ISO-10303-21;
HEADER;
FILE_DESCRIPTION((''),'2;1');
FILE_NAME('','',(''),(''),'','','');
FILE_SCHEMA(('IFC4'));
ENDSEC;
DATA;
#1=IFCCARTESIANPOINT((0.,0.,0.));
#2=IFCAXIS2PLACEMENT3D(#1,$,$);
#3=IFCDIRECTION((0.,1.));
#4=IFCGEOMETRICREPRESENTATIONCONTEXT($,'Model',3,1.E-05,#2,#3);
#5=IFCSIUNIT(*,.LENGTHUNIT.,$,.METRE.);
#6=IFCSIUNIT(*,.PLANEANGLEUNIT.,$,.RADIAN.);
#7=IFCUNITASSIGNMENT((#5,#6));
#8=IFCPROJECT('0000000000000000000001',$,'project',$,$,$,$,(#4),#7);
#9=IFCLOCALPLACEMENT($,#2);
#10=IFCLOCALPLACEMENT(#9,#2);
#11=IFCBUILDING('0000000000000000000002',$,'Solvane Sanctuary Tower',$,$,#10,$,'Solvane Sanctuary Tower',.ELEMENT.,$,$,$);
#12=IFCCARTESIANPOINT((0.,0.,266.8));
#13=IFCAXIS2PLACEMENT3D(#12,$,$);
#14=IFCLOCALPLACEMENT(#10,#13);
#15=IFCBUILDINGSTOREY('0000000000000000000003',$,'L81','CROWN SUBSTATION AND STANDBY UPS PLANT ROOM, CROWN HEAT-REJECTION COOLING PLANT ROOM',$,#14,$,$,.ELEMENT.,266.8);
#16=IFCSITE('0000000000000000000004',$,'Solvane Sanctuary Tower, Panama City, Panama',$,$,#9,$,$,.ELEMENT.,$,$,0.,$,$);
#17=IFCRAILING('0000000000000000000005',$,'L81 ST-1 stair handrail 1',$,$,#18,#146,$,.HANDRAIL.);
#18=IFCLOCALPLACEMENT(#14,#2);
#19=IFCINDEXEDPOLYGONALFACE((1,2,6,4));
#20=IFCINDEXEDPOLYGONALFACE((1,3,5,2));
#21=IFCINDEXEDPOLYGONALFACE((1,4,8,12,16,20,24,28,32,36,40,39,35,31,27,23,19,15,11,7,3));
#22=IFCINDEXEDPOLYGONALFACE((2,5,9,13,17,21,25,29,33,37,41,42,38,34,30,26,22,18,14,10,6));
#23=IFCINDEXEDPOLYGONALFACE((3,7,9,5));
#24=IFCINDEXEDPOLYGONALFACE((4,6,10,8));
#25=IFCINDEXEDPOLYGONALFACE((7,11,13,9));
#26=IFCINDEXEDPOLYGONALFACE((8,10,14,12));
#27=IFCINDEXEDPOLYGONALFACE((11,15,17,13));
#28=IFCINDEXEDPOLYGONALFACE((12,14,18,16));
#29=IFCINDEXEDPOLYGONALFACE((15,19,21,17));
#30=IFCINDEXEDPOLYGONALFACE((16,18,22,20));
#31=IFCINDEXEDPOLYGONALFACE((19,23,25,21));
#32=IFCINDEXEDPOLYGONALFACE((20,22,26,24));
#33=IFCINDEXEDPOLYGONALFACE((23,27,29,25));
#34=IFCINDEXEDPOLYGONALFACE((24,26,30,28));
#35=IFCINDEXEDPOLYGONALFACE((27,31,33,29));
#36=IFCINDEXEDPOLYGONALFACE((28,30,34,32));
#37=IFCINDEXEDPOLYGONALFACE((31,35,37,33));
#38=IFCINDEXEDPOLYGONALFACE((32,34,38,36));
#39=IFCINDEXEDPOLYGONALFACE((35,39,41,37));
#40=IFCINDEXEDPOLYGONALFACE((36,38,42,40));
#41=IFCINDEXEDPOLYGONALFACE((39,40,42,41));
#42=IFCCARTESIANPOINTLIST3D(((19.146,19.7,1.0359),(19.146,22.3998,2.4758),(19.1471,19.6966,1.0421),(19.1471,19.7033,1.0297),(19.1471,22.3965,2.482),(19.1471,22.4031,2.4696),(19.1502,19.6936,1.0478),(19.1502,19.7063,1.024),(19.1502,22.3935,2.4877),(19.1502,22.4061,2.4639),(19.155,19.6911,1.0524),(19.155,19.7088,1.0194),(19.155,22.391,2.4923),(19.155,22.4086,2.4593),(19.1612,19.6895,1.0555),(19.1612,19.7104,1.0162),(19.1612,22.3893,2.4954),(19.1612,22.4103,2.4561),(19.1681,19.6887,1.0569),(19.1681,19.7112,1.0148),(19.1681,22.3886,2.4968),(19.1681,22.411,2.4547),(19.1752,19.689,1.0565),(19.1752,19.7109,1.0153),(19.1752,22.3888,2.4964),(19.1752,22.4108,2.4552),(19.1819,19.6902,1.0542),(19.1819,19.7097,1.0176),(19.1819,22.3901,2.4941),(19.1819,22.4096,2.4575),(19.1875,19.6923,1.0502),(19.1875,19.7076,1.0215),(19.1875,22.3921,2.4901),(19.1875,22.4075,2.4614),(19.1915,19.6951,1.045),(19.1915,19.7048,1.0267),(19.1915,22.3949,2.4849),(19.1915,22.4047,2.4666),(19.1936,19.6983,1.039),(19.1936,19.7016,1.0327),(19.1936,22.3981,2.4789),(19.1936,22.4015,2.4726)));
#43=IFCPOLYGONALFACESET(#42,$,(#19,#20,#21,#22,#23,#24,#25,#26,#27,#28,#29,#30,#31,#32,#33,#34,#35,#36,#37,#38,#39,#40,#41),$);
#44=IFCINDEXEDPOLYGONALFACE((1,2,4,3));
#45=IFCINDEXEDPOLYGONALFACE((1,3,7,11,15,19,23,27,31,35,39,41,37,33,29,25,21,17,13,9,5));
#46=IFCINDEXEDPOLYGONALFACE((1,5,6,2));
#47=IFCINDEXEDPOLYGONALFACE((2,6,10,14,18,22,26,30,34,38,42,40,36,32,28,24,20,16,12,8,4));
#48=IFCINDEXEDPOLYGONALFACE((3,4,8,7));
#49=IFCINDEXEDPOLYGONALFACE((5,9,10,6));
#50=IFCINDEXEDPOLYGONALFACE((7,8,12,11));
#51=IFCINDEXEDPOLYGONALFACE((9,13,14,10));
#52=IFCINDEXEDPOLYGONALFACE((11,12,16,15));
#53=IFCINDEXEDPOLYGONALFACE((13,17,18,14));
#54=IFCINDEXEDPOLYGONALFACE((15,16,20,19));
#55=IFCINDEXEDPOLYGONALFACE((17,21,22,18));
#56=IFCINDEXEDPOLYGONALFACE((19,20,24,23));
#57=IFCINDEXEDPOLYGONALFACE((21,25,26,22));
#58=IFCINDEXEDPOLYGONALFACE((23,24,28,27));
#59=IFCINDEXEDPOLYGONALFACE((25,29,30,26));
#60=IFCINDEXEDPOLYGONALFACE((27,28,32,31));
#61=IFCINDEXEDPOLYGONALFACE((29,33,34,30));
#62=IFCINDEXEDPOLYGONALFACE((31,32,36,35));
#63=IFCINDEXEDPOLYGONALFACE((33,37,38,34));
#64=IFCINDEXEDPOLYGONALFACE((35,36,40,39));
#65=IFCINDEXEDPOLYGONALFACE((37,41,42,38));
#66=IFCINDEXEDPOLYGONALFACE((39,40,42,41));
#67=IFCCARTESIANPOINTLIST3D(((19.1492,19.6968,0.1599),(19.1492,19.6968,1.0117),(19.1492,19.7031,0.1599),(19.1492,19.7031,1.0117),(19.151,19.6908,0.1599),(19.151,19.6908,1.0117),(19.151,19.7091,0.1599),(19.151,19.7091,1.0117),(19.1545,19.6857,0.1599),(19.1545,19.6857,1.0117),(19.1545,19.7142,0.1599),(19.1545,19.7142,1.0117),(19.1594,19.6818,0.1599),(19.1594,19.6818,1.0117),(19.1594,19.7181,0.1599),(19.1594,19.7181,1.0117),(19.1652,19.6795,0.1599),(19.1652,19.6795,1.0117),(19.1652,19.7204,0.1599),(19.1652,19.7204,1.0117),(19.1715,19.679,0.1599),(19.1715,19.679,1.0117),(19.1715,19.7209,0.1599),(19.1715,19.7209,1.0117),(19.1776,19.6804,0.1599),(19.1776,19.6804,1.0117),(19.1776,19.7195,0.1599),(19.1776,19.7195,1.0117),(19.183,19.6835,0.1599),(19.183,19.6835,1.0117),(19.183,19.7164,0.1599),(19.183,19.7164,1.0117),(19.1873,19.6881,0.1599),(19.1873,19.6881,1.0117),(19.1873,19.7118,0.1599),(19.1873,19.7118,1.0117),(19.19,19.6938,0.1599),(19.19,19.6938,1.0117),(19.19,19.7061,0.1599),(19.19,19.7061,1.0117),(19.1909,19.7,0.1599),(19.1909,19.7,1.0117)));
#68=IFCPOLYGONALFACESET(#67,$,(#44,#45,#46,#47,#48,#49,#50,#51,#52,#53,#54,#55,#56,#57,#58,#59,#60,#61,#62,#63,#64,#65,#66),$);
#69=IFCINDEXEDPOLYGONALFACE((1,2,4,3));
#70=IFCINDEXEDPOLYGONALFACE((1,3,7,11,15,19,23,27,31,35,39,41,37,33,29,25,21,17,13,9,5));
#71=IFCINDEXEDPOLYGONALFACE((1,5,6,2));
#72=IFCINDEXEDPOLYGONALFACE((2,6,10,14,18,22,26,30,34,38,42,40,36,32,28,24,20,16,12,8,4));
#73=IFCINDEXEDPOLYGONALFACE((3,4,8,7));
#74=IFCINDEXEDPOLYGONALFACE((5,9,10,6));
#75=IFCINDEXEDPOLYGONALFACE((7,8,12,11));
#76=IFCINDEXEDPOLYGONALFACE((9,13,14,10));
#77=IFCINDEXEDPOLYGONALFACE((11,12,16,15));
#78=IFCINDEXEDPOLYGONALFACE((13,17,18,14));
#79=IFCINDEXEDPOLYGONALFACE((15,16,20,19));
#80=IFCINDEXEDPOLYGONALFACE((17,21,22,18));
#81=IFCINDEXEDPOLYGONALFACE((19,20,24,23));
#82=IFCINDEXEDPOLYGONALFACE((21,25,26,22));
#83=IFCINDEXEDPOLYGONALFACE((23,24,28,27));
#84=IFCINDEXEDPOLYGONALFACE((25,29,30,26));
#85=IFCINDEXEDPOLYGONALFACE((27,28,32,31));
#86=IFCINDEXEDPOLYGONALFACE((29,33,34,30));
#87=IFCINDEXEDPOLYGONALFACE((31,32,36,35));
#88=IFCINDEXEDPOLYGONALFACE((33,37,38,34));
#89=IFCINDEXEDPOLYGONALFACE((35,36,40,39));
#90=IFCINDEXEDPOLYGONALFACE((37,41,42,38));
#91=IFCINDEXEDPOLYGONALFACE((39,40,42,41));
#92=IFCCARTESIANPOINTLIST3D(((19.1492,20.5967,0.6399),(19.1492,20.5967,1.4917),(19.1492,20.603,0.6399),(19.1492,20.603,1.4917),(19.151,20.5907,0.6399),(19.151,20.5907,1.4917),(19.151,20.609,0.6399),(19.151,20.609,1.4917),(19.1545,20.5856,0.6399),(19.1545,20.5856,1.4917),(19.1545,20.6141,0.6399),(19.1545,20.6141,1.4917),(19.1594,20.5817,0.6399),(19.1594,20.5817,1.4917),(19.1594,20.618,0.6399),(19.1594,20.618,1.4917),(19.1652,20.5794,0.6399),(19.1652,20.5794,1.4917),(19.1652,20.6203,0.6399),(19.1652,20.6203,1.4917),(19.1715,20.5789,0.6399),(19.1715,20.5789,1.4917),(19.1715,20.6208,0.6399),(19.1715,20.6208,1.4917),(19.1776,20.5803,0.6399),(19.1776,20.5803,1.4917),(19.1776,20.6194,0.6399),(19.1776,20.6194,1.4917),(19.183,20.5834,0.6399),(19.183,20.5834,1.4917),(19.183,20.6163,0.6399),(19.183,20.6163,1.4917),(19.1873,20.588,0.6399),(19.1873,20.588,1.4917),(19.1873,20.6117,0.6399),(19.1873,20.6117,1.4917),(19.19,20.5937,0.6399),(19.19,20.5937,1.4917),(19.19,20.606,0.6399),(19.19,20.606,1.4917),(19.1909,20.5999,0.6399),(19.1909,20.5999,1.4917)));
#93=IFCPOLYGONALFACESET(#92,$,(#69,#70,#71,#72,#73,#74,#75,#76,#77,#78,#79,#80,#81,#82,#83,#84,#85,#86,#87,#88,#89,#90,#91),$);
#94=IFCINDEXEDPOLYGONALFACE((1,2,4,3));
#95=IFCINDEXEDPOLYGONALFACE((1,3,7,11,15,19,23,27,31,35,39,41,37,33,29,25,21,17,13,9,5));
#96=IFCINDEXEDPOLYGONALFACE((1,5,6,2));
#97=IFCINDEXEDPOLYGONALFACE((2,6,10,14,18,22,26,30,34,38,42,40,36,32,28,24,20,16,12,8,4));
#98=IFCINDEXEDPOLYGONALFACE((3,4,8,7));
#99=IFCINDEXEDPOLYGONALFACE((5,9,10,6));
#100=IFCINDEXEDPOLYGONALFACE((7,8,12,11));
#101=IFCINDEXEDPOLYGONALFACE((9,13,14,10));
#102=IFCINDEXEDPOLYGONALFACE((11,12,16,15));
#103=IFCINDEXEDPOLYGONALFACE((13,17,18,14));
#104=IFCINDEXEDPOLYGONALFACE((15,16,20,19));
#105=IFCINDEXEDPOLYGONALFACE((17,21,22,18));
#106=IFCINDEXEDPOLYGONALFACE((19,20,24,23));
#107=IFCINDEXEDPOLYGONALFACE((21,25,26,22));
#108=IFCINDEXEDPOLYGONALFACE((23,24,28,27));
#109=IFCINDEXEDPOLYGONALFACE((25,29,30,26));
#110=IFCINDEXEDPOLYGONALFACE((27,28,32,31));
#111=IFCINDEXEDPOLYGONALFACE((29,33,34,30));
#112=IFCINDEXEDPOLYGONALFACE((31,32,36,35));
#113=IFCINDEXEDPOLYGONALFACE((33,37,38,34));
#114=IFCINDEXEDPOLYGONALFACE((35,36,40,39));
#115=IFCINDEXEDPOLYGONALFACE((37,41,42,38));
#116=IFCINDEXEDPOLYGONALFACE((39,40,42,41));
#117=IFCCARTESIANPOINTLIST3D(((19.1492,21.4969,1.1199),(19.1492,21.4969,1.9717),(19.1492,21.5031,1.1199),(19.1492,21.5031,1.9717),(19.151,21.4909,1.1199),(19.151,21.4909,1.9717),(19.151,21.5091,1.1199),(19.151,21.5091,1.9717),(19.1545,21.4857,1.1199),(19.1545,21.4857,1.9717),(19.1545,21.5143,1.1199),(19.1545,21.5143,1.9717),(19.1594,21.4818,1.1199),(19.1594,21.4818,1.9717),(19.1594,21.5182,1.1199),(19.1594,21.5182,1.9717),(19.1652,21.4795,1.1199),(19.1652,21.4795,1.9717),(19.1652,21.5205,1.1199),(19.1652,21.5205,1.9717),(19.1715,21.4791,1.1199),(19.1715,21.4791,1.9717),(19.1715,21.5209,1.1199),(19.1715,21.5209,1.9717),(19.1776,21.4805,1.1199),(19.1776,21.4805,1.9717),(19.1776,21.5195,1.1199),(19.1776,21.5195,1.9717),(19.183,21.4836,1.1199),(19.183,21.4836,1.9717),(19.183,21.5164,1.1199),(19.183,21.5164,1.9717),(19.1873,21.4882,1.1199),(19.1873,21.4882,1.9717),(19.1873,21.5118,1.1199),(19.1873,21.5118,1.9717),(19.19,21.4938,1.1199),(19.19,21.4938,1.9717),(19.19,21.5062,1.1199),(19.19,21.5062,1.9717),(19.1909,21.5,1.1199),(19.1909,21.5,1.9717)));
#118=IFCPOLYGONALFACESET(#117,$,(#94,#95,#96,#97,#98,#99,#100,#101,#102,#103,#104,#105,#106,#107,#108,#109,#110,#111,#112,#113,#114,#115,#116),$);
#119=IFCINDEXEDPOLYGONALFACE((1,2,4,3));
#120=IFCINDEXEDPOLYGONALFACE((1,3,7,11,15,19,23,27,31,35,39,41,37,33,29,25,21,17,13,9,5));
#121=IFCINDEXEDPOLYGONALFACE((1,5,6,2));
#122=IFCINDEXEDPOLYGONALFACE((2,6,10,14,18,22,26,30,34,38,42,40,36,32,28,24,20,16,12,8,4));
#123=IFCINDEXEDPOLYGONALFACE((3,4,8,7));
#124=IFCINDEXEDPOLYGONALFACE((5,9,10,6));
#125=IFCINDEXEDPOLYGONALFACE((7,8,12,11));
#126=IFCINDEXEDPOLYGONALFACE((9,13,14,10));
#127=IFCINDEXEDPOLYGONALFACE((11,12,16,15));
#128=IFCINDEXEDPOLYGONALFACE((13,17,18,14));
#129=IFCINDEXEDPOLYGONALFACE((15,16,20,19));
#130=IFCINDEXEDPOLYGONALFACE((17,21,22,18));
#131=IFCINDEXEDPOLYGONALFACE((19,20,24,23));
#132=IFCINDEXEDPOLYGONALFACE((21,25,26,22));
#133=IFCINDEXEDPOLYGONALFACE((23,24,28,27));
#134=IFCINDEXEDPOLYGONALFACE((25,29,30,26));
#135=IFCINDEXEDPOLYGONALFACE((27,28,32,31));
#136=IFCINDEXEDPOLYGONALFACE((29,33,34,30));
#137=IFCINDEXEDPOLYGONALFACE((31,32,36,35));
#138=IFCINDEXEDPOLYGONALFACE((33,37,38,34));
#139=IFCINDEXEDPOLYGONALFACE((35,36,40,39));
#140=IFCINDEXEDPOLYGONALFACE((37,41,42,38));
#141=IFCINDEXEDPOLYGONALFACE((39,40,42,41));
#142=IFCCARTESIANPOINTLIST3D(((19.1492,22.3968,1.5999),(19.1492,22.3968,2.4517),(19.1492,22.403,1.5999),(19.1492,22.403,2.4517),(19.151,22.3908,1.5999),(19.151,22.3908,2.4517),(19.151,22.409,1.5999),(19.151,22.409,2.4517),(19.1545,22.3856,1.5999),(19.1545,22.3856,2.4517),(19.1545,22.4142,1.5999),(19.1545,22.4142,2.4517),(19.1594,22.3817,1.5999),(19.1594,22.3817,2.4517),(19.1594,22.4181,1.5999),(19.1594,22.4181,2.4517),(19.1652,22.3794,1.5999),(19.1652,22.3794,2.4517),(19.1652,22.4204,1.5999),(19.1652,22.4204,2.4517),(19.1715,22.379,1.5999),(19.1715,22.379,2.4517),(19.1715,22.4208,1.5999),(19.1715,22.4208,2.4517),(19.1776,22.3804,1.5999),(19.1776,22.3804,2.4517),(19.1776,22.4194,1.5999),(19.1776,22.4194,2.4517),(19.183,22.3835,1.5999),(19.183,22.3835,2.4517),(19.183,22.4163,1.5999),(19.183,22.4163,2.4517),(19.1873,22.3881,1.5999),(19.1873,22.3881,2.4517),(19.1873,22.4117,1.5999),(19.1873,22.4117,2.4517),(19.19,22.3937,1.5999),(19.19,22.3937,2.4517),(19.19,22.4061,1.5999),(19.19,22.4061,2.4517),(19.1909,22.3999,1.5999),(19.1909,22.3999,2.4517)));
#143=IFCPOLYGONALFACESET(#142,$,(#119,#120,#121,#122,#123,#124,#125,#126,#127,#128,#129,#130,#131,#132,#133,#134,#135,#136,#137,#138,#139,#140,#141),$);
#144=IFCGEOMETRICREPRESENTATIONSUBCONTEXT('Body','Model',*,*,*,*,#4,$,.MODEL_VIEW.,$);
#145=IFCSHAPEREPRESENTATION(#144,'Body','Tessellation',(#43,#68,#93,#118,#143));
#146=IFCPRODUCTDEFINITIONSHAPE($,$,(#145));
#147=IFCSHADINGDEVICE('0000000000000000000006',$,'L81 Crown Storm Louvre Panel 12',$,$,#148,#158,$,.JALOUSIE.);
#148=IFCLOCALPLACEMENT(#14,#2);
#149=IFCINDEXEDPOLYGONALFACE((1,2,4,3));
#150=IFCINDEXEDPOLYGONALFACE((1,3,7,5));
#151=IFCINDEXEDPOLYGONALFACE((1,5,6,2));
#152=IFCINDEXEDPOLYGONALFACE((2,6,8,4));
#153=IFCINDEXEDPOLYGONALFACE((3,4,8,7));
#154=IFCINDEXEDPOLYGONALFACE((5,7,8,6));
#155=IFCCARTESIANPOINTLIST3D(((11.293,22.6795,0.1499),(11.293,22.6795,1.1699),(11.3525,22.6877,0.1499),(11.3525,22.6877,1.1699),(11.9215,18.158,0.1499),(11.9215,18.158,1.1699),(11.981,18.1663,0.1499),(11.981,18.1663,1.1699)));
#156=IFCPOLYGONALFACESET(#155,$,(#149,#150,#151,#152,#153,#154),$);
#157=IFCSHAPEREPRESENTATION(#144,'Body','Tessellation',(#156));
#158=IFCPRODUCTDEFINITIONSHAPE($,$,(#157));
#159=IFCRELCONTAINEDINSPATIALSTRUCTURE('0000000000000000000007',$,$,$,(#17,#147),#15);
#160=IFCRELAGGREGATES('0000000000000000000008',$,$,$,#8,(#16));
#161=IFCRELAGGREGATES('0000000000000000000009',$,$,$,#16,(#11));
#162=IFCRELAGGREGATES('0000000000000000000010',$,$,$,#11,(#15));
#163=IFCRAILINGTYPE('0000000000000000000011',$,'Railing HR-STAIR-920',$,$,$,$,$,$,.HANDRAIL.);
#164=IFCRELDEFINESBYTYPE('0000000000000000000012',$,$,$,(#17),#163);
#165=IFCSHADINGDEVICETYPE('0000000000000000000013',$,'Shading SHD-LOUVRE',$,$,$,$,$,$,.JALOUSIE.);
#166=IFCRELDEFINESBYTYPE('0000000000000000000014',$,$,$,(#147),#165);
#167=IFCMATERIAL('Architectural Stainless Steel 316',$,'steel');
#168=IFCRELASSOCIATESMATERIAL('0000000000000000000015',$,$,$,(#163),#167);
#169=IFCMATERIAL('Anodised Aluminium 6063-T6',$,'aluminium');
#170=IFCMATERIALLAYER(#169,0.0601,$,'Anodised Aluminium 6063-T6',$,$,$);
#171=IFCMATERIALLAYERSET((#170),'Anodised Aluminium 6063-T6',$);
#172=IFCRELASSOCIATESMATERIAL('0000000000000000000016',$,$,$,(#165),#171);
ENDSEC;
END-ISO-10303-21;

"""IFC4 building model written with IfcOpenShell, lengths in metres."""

from ifc_helpers import new_model, si_unit, direction, frame, origin, origin_2d, place, context, subcontext, project, spatial, rectangle, circle, extrude, material, layer, layer_set, type_object, element, save


model = new_model("IFC4")

# Units and contexts
model_context = context("Model", 3, precision=1e-05, world=origin(), true_north=direction((0.0, 1.0)))
body_context = subcontext(model_context, "Body", "Model", "MODEL_VIEW")
ifc_project = project(units=[si_unit("LENGTHUNIT", "METRE"), si_unit("PLANEANGLEUNIT", "RADIAN")], contexts=[model_context])

# Site, building, storey
site_placement = place(None, origin())
site = spatial("IfcSite", under=ifc_project, at=site_placement, Name="Solvane Sanctuary Tower, Panama City, Panama", CompositionType="ELEMENT", RefElevation=0.0)
building_placement = place(site_placement, origin())
building = spatial("IfcBuilding", under=site, at=building_placement, Name="Solvane Sanctuary Tower", LongName="Solvane Sanctuary Tower", CompositionType="ELEMENT")
storey_placement = place(building_placement, frame((0.0, 0.0, 266.8)))
storey = spatial("IfcBuildingStorey", under=building, at=storey_placement, Name="L81", Description="CROWN SUBSTATION AND STANDBY UPS PLANT ROOM, CROWN HEAT-REJECTION COOLING PLANT ROOM", CompositionType="ELEMENT", Elevation=266.8)

# Shared definitions
ifc_material_1 = material(Name="Anodised Aluminium 6063-T6", Category="aluminium")

# Shared definitions
ifc_material_2 = material(Name="Architectural Stainless Steel 316", Category="steel")

# Railing
railing_type_1 = type_object("IfcRailingType", Name="Railing HR-STAIR-920", PredefinedType="HANDRAIL", material=ifc_material_2)
railing_1_placement = place(storey_placement, frame((19.1699, 19.7, 0.1599)))
element("IfcRailing", 1, at=railing_1_placement, inside=storey, type_object=railing_type_1, Name="L81 ST-1 stair handrail 1", PredefinedType="HANDRAIL", context=body_context, shape_type="SweptSolid", body=[
    extrude(circle(Radius=0.0239, at=origin_2d()), frame((0.0, 0.0, 0.876), z_axis=(0.0, 0.882357, 0.47058), x_axis=(-1.0, 0.0, 0.0)), (0.0, 0.0, 1.0), 3.0598),
    extrude(circle(Radius=0.021, at=origin_2d()), origin(), (0.0, 0.0, 1.0), 0.8518),
    extrude(circle(Radius=0.021, at=origin_2d()), frame((0.0, 0.8999, 0.48)), (0.0, 0.0, 1.0), 0.8518),
    extrude(circle(Radius=0.021, at=origin_2d()), frame((0.0, 1.8, 0.96)), (0.0, 0.0, 1.0), 0.8518),
    extrude(circle(Radius=0.021, at=origin_2d()), frame((0.0, 2.7, 1.4399)), (0.0, 0.0, 1.0), 0.8518),
])

# Shading device
ifc_layer_1 = layer(ifc_material_1, 0.0601, Name="Anodised Aluminium 6063-T6")
ifc_layer_set_1 = layer_set([ifc_layer_1], Name="Anodised Aluminium 6063-T6")
shading_device_type = type_object("IfcShadingDeviceType", Name="Shading SHD-LOUVRE", PredefinedType="JALOUSIE", material=ifc_layer_set_1)
shading_device_placement = place(storey_placement, frame((11.637, 20.4229, 0.1499), z_axis=(0.0, 0.0, 1.0), x_axis=(0.13768, -0.990477, 0.0)))
element("IfcShadingDevice", 2, at=shading_device_placement, inside=storey, type_object=shading_device_type, Name="L81 Crown Storm Louvre Panel 12", PredefinedType="JALOUSIE", context=body_context, shape_type="SweptSolid", body=[
    extrude(rectangle(XDim=4.5649, YDim=0.0601, at=origin_2d()), origin(), (0.0, 0.0, 1.0), 1.02),
])

save(model, "model.ifc")
